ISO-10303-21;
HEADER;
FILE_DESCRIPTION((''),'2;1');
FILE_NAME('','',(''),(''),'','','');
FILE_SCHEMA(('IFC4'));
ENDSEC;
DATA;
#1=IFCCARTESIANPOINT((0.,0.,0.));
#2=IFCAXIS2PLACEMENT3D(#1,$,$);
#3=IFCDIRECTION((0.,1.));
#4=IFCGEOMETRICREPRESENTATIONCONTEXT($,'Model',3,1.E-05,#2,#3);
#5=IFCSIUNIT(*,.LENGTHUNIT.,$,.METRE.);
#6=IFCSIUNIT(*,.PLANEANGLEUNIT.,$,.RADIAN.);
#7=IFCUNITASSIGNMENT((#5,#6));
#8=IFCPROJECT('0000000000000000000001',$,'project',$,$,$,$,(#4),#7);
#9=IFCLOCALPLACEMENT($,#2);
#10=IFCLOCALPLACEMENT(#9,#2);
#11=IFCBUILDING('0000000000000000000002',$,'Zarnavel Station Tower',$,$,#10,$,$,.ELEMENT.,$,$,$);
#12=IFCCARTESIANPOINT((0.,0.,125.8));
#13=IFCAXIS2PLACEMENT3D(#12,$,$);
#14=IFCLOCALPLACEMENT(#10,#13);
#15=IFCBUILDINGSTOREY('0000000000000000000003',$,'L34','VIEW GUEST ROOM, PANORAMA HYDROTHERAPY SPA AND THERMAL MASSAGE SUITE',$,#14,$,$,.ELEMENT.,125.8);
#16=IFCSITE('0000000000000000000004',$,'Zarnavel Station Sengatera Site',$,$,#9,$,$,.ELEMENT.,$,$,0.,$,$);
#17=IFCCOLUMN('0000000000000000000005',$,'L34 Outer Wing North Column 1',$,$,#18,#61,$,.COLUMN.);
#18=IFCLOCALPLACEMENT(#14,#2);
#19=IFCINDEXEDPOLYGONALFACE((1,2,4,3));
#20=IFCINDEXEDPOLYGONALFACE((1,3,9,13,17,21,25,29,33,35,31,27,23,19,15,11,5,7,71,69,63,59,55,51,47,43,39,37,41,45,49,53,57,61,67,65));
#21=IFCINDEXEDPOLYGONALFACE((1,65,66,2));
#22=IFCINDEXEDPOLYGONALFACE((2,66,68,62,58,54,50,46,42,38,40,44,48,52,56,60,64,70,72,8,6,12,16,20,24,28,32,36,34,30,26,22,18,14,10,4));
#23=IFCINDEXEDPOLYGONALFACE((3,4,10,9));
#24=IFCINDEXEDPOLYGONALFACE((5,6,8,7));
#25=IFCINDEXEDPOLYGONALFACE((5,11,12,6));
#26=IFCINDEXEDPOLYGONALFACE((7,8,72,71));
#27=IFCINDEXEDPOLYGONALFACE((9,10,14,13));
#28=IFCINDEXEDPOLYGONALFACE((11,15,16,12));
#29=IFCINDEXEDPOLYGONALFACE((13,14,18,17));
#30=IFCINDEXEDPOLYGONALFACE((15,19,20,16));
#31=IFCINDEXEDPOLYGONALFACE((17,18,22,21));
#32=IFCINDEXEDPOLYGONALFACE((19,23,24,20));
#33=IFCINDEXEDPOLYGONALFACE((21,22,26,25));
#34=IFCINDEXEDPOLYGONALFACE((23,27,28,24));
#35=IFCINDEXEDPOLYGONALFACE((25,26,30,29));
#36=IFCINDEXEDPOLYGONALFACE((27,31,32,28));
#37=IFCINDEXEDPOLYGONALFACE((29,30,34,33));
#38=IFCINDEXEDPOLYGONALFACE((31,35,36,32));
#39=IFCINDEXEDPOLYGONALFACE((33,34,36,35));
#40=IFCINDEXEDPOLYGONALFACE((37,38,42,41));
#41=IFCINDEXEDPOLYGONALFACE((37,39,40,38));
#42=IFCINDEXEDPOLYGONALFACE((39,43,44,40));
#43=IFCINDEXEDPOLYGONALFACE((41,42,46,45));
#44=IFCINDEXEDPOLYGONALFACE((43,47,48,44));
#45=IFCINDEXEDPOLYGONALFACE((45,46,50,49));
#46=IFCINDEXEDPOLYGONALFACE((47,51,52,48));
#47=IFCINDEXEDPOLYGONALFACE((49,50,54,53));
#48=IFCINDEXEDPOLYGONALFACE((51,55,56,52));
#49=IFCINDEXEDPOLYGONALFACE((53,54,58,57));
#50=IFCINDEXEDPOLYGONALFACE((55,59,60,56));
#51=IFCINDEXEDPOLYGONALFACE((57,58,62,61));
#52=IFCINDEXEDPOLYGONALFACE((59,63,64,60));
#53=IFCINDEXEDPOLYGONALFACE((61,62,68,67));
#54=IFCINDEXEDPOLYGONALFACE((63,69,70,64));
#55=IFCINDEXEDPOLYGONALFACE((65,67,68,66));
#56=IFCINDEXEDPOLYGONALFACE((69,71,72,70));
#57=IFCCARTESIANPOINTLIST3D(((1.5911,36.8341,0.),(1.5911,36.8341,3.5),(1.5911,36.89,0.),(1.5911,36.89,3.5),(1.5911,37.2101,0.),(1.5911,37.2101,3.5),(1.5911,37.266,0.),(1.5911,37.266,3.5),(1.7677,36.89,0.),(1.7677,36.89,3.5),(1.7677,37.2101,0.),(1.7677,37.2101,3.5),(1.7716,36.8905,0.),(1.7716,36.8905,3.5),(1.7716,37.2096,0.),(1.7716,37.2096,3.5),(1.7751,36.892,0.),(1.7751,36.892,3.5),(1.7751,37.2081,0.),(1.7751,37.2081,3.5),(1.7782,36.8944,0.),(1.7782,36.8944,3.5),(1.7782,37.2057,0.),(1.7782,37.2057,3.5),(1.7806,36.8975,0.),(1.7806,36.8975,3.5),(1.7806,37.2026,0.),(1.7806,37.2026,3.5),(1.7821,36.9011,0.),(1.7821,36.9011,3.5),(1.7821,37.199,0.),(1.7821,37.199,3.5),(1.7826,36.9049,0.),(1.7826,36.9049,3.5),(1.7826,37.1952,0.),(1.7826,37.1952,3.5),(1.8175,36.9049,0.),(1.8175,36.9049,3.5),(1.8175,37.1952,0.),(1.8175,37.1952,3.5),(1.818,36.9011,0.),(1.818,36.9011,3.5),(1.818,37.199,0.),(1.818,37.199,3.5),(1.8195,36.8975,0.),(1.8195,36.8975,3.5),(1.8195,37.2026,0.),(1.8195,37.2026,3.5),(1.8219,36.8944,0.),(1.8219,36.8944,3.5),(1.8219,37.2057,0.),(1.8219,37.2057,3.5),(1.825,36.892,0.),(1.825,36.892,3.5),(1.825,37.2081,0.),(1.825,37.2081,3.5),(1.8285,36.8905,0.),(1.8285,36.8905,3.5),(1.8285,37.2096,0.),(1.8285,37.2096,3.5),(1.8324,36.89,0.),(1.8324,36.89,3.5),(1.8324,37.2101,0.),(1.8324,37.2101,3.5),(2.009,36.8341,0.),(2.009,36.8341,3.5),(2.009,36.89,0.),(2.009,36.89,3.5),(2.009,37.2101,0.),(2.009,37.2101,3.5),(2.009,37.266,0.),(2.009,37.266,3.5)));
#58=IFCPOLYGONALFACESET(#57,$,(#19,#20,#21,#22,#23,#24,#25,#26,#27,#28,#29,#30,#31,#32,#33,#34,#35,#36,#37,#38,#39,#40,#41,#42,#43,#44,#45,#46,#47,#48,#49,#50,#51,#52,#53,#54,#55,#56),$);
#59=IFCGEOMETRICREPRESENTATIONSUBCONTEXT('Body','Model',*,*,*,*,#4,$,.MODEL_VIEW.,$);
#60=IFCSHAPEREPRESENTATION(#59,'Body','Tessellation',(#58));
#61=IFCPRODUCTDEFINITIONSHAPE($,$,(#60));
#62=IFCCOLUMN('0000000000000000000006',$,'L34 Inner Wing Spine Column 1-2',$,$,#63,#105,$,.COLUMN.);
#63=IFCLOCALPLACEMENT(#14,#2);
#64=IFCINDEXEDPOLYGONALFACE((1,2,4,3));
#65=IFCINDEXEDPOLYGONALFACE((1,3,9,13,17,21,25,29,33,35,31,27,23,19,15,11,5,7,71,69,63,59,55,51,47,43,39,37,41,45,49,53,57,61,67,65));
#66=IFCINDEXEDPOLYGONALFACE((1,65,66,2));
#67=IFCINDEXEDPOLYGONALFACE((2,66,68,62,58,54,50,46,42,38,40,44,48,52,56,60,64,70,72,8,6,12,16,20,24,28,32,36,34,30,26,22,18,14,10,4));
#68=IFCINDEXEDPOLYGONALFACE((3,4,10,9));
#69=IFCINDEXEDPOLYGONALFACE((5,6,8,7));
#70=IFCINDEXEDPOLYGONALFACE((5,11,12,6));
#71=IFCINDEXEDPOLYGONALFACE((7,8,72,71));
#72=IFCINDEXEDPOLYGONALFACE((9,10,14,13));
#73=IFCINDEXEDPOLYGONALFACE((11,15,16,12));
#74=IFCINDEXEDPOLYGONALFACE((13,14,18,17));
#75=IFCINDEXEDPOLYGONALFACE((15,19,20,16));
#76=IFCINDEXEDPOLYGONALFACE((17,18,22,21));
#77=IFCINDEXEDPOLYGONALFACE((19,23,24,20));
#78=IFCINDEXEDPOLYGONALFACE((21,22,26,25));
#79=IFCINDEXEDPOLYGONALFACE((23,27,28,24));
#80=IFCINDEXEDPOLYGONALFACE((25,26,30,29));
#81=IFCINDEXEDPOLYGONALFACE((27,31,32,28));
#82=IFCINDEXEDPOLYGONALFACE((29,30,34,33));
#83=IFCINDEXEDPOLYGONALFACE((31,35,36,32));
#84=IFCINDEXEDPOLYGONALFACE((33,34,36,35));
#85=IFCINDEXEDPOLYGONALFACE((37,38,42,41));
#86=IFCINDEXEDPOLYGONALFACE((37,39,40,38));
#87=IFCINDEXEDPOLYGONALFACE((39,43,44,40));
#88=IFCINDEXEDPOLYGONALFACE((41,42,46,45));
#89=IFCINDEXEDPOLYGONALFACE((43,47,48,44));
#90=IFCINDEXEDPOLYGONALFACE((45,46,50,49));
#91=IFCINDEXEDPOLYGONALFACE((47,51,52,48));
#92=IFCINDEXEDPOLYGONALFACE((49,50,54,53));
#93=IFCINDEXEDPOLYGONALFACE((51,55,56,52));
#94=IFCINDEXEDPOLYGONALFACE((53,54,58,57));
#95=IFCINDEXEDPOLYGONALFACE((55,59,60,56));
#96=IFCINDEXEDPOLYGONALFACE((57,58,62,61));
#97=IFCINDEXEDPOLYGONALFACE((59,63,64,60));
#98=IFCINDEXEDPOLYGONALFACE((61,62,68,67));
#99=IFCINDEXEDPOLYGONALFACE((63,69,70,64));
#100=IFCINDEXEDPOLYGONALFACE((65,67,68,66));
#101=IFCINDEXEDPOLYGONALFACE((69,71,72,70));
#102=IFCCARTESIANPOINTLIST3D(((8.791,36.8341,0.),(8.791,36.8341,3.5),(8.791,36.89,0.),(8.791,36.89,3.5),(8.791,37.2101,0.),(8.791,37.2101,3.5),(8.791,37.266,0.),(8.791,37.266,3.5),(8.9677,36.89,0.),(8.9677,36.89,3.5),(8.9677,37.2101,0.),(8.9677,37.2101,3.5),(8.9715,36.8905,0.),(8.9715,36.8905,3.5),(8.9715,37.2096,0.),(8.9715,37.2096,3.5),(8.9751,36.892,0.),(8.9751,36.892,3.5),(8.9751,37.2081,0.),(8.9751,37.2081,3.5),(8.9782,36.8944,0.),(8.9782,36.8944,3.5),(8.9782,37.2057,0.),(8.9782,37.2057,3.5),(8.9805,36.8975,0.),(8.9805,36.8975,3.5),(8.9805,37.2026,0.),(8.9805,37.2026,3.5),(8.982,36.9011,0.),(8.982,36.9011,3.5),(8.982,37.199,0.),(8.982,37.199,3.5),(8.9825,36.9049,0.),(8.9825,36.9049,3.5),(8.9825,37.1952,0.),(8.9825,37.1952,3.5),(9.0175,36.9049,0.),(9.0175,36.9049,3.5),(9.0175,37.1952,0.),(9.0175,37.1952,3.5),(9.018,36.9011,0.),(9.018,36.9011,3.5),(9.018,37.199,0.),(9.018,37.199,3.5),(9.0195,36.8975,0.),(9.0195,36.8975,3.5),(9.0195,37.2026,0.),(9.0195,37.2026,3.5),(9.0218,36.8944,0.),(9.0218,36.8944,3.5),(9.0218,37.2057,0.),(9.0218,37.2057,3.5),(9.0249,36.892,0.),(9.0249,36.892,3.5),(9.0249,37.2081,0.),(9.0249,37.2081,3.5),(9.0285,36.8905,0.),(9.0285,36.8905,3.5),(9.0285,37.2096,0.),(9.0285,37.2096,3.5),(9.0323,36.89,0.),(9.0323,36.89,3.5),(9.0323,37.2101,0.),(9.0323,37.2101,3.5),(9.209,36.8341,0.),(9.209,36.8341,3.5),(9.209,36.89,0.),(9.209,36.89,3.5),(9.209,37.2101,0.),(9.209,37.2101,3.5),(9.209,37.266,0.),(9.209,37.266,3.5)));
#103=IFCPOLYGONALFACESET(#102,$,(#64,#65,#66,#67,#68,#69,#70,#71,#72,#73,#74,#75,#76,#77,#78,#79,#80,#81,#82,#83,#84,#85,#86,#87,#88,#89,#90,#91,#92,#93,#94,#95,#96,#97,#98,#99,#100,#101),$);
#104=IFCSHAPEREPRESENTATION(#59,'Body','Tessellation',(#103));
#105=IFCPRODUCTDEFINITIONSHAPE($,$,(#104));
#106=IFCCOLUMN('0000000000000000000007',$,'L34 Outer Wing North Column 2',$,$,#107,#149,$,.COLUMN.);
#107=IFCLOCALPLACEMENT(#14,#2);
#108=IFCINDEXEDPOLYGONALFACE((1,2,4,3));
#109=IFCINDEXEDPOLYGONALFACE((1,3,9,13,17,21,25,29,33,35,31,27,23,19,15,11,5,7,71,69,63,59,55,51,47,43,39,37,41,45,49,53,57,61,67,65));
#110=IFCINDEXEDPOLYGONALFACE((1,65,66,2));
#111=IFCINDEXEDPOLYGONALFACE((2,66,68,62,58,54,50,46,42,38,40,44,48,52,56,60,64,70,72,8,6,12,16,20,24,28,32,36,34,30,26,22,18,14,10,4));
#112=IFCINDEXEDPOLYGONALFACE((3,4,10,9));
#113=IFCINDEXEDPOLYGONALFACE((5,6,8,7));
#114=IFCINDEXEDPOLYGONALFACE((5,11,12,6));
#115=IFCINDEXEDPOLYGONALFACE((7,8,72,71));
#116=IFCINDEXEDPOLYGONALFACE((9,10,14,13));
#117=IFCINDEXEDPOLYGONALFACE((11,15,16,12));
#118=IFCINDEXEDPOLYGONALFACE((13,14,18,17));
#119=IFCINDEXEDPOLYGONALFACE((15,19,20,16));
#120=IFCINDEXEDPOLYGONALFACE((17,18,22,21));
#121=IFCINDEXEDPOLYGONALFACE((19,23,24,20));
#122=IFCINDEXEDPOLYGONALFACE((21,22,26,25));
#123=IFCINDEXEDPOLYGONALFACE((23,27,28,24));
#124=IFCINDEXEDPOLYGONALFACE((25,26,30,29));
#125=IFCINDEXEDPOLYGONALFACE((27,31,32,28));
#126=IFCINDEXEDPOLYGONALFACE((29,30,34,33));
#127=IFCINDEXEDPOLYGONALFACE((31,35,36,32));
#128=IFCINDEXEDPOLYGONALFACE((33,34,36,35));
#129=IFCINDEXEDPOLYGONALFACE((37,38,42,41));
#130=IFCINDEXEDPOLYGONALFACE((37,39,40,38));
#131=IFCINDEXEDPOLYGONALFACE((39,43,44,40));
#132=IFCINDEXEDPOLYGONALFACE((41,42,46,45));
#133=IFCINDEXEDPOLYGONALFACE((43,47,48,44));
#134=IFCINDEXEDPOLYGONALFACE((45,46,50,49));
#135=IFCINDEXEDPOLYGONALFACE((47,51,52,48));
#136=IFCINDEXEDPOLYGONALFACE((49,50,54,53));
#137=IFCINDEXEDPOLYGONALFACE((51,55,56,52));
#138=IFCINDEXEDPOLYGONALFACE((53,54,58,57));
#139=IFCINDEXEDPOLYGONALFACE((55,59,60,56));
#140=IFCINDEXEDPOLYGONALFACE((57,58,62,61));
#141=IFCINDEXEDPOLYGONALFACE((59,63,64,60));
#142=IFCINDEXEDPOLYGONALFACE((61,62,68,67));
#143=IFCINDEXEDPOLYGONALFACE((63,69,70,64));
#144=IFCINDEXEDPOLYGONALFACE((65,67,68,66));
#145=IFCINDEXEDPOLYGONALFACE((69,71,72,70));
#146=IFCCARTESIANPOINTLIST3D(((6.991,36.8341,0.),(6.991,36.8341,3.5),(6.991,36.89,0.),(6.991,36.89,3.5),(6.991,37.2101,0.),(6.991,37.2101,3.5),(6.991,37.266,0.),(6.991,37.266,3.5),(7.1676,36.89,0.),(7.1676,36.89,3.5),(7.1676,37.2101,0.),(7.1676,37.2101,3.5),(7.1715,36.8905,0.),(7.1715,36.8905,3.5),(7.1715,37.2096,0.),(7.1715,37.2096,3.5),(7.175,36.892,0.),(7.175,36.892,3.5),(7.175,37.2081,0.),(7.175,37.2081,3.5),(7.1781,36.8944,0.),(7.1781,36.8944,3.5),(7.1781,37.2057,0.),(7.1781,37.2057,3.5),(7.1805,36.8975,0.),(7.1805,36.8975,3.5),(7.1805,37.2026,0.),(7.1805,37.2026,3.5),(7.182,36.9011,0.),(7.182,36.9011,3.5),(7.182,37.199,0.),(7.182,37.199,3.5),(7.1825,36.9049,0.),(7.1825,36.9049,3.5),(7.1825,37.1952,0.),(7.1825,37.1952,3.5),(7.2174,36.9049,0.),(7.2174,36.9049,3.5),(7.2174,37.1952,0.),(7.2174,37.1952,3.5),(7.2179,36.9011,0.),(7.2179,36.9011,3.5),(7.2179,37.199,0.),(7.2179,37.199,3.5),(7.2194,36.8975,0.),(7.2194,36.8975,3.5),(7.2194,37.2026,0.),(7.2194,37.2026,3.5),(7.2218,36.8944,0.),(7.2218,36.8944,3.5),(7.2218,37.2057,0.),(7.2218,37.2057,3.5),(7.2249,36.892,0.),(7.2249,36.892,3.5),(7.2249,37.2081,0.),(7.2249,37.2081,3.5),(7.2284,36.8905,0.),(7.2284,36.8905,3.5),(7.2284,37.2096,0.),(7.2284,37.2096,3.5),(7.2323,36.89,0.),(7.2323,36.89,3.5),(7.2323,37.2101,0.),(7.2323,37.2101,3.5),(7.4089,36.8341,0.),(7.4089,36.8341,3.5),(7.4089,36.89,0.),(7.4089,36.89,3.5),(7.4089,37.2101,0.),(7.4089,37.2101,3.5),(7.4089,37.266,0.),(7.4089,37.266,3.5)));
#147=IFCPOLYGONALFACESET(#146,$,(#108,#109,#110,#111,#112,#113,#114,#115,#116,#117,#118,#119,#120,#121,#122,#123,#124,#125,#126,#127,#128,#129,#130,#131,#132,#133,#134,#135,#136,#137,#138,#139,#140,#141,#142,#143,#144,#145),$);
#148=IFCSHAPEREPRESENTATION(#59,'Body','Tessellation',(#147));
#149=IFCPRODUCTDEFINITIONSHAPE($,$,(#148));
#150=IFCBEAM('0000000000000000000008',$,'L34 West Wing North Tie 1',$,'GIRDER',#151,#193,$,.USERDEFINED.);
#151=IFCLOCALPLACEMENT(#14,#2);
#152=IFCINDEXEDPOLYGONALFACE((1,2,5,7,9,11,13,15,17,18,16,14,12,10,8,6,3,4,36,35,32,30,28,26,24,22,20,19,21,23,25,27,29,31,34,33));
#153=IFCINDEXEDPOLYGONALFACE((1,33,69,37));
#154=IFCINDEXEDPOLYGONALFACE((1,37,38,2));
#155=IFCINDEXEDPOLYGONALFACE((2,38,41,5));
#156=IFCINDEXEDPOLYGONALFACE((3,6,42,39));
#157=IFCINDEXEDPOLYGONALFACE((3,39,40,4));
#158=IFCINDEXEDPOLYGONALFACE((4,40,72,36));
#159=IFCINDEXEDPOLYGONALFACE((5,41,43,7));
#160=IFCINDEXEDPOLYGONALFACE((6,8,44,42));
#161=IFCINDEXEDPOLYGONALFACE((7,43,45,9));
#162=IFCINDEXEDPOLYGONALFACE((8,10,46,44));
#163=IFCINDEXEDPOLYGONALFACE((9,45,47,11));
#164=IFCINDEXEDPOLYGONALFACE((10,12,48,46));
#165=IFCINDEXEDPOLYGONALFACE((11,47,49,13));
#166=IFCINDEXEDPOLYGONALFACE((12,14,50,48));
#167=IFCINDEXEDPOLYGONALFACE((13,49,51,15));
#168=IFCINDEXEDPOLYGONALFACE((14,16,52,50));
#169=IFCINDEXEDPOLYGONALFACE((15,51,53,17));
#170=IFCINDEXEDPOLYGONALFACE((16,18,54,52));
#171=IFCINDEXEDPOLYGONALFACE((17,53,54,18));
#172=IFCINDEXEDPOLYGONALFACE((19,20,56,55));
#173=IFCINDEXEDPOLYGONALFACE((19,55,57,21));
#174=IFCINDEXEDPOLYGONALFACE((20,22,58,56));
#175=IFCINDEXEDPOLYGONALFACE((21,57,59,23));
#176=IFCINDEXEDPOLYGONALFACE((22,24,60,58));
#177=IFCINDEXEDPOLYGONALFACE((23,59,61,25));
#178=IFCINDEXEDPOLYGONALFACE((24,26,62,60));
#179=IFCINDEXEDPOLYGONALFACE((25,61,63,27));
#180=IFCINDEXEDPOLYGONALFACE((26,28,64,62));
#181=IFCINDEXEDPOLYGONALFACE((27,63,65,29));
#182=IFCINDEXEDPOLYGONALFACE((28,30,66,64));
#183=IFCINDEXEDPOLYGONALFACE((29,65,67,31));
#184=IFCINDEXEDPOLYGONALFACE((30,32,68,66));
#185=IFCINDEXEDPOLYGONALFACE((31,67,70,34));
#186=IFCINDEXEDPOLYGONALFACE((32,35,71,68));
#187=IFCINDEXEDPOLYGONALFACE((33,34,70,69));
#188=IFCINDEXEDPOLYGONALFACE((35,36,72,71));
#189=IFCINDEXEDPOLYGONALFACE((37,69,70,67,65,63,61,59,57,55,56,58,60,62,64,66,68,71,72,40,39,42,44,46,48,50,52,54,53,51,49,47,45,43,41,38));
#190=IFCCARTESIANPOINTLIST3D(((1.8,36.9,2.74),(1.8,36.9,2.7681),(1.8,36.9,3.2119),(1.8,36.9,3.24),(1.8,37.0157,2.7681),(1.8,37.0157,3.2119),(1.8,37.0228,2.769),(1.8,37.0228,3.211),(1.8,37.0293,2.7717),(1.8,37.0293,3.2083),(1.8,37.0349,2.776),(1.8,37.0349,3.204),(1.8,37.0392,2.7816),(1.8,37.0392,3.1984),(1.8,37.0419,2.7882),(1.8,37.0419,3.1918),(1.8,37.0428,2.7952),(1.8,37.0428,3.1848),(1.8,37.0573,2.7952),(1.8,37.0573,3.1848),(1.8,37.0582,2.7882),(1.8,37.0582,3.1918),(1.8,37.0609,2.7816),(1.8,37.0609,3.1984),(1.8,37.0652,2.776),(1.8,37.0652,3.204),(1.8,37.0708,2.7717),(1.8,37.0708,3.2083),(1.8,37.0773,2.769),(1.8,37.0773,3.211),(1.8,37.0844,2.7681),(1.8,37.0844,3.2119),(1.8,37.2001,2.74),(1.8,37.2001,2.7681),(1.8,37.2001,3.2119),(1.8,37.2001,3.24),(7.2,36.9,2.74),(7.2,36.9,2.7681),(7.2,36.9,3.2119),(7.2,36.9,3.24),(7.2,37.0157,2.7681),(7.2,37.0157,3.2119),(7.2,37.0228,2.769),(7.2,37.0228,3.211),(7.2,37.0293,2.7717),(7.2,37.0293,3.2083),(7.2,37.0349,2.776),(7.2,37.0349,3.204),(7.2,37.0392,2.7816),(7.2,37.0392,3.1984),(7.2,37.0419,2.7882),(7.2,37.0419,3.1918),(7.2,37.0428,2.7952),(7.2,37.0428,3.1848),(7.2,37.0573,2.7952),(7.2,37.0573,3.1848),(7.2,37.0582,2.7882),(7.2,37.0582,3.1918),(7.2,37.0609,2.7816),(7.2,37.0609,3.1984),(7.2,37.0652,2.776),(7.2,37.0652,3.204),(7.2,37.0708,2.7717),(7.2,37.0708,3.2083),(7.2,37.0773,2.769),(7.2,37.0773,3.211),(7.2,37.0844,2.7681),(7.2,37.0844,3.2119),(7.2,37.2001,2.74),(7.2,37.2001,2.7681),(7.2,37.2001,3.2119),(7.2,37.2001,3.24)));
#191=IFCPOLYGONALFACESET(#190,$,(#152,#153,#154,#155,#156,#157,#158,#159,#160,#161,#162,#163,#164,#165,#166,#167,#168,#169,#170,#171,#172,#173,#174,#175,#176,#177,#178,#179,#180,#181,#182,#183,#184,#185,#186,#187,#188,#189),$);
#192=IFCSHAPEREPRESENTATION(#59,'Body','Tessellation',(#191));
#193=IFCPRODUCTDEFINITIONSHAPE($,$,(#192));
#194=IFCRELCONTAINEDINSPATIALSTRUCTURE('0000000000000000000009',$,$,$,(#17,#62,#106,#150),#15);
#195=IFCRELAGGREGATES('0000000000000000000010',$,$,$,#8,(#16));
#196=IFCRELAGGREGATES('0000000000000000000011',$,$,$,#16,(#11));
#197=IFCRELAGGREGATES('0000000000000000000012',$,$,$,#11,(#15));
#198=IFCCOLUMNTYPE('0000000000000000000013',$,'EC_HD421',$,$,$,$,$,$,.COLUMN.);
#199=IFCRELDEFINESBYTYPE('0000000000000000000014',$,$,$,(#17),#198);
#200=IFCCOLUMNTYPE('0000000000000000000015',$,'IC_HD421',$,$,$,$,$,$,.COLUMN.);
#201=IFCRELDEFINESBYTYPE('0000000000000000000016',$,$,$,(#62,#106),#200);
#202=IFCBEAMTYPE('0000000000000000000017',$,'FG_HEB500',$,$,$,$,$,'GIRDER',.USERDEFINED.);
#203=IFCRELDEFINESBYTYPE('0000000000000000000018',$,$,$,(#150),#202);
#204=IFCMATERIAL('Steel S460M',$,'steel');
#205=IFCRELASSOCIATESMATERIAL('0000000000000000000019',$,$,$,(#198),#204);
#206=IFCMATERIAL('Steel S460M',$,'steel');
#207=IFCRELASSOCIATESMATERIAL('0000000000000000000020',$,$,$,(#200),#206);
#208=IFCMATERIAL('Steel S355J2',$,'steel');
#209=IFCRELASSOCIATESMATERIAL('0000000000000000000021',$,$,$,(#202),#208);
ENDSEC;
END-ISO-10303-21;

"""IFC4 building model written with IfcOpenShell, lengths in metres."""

from ifc_helpers import new_model, si_unit, direction, frame, origin, origin_2d, place, context, subcontext, project, spatial, i_section, extrude, material, material_profile, profile_set, type_object, element, save


model = new_model("IFC4")

# Units and contexts
model_context = context("Model", 3, precision=1e-05, world=origin(), true_north=direction((0.0, 1.0)))
body_context = subcontext(model_context, "Body", "Model", "MODEL_VIEW")
ifc_project = project(units=[si_unit("LENGTHUNIT", "METRE"), si_unit("PLANEANGLEUNIT", "RADIAN")], contexts=[model_context])

# Site, building, storey
site_placement = place(None, origin())
site = spatial("IfcSite", under=ifc_project, at=site_placement, Name="Zarnavel Station Sengatera Site", CompositionType="ELEMENT", RefElevation=0.0)
building_placement = place(site_placement, origin())
building = spatial("IfcBuilding", under=site, at=building_placement, Name="Zarnavel Station Tower", CompositionType="ELEMENT")
storey_placement = place(building_placement, frame((0.0, 0.0, 125.8)))
storey = spatial("IfcBuildingStorey", under=building, at=storey_placement, Name="L34", Description="VIEW GUEST ROOM, PANORAMA HYDROTHERAPY SPA AND THERMAL MASSAGE SUITE", CompositionType="ELEMENT", Elevation=125.8)

# Columns
ifc_material_1 = material(Name="Steel S460M", Category="steel")
ifc_material_profile_1 = material_profile(ifc_material_1, i_section(OverallWidth=0.418, OverallDepth=0.4319, WebThickness=0.0349, FlangeThickness=0.0559, FilletRadius=0.0149, at=origin_2d()), Name="HD400x421")
ifc_profile_set_1 = profile_set([ifc_material_profile_1], Name="Steel S460M")
column_type_1 = type_object("IfcColumnType", Name="EC_HD421", PredefinedType="COLUMN", material=ifc_profile_set_1)
column_placement = place(storey_placement, frame((1.8, 37.05, 0.0), z_axis=(0.0, 0.0, 1.0), x_axis=(1.0, 0.0, 0.0)))
element("IfcColumn", 1, at=column_placement, inside=storey, type_object=column_type_1, Name="L34 Outer Wing North Column 1", PredefinedType="COLUMN", context=body_context, shape_type="SweptSolid", body=[
    extrude(i_section(OverallWidth=0.418, OverallDepth=0.4319, WebThickness=0.0349, FlangeThickness=0.0559, FilletRadius=0.0149, at=origin_2d()), origin(), (0.0, 0.0, 1.0), 3.5),
])
ifc_material_2 = material(Name="Steel S460M", Category="steel")
ifc_material_profile_2 = material_profile(ifc_material_2, i_section(OverallWidth=0.418, OverallDepth=0.4319, WebThickness=0.0349, FlangeThickness=0.0559, FilletRadius=0.0149, at=origin_2d()), Name="HD400x421")
ifc_profile_set_2 = profile_set([ifc_material_profile_2], Name="Steel S460M")
column_type_2 = type_object("IfcColumnType", Name="IC_HD421", PredefinedType="COLUMN", material=ifc_profile_set_2)
for number, where, z_axis, x_axis, name in (
    (2, (9.0, 37.05, 0.0), (0.0, 0.0, 1.0), (1.0, 0.0, 0.0), "L34 Inner Wing Spine Column 1-2"),
    (3, (7.2, 37.05, 0.0), (0.0, 0.0, 1.0), (1.0, 0.0, 0.0), "L34 Outer Wing North Column 2"),
):
    element("IfcColumn", number, at=place(storey_placement, frame(where, z_axis=z_axis, x_axis=x_axis)), inside=storey, type_object=column_type_2, Name=name, PredefinedType="COLUMN", context=body_context, shape_type="SweptSolid", body=[
        extrude(i_section(OverallWidth=0.418, OverallDepth=0.4319, WebThickness=0.0349, FlangeThickness=0.0559, FilletRadius=0.0149, at=origin_2d()), origin(), (0.0, 0.0, 1.0), 3.5),
    ])

# Beam
ifc_material_3 = material(Name="Steel S355J2", Category="steel")
ifc_material_profile_3 = material_profile(ifc_material_3, i_section(OverallWidth=0.3, OverallDepth=0.5, WebThickness=0.0144, FlangeThickness=0.0281, FilletRadius=0.0271, at=origin_2d()), Name="HEB500")
ifc_profile_set_3 = profile_set([ifc_material_profile_3], Name="Steel S355J2")
beam_type = type_object("IfcBeamType", Name="FG_HEB500", ElementType="GIRDER", PredefinedType="USERDEFINED", material=ifc_profile_set_3)
beam_1_placement = place(storey_placement, frame((1.8, 37.05, 2.99), z_axis=(1.0, 0.0, 0.0), x_axis=(0.0, 1.0, 0.0)))
element("IfcBeam", 4, at=beam_1_placement, inside=storey, type_object=beam_type, Name="L34 West Wing North Tie 1", ObjectType="GIRDER", PredefinedType="USERDEFINED", context=body_context, shape_type="SweptSolid", body=[
    extrude(i_section(OverallWidth=0.3, OverallDepth=0.5, WebThickness=0.0144, FlangeThickness=0.0281, FilletRadius=0.0271, at=origin_2d()), origin(), (0.0, 0.0, 1.0), 5.3999),
])

save(model, "model.ifc")
